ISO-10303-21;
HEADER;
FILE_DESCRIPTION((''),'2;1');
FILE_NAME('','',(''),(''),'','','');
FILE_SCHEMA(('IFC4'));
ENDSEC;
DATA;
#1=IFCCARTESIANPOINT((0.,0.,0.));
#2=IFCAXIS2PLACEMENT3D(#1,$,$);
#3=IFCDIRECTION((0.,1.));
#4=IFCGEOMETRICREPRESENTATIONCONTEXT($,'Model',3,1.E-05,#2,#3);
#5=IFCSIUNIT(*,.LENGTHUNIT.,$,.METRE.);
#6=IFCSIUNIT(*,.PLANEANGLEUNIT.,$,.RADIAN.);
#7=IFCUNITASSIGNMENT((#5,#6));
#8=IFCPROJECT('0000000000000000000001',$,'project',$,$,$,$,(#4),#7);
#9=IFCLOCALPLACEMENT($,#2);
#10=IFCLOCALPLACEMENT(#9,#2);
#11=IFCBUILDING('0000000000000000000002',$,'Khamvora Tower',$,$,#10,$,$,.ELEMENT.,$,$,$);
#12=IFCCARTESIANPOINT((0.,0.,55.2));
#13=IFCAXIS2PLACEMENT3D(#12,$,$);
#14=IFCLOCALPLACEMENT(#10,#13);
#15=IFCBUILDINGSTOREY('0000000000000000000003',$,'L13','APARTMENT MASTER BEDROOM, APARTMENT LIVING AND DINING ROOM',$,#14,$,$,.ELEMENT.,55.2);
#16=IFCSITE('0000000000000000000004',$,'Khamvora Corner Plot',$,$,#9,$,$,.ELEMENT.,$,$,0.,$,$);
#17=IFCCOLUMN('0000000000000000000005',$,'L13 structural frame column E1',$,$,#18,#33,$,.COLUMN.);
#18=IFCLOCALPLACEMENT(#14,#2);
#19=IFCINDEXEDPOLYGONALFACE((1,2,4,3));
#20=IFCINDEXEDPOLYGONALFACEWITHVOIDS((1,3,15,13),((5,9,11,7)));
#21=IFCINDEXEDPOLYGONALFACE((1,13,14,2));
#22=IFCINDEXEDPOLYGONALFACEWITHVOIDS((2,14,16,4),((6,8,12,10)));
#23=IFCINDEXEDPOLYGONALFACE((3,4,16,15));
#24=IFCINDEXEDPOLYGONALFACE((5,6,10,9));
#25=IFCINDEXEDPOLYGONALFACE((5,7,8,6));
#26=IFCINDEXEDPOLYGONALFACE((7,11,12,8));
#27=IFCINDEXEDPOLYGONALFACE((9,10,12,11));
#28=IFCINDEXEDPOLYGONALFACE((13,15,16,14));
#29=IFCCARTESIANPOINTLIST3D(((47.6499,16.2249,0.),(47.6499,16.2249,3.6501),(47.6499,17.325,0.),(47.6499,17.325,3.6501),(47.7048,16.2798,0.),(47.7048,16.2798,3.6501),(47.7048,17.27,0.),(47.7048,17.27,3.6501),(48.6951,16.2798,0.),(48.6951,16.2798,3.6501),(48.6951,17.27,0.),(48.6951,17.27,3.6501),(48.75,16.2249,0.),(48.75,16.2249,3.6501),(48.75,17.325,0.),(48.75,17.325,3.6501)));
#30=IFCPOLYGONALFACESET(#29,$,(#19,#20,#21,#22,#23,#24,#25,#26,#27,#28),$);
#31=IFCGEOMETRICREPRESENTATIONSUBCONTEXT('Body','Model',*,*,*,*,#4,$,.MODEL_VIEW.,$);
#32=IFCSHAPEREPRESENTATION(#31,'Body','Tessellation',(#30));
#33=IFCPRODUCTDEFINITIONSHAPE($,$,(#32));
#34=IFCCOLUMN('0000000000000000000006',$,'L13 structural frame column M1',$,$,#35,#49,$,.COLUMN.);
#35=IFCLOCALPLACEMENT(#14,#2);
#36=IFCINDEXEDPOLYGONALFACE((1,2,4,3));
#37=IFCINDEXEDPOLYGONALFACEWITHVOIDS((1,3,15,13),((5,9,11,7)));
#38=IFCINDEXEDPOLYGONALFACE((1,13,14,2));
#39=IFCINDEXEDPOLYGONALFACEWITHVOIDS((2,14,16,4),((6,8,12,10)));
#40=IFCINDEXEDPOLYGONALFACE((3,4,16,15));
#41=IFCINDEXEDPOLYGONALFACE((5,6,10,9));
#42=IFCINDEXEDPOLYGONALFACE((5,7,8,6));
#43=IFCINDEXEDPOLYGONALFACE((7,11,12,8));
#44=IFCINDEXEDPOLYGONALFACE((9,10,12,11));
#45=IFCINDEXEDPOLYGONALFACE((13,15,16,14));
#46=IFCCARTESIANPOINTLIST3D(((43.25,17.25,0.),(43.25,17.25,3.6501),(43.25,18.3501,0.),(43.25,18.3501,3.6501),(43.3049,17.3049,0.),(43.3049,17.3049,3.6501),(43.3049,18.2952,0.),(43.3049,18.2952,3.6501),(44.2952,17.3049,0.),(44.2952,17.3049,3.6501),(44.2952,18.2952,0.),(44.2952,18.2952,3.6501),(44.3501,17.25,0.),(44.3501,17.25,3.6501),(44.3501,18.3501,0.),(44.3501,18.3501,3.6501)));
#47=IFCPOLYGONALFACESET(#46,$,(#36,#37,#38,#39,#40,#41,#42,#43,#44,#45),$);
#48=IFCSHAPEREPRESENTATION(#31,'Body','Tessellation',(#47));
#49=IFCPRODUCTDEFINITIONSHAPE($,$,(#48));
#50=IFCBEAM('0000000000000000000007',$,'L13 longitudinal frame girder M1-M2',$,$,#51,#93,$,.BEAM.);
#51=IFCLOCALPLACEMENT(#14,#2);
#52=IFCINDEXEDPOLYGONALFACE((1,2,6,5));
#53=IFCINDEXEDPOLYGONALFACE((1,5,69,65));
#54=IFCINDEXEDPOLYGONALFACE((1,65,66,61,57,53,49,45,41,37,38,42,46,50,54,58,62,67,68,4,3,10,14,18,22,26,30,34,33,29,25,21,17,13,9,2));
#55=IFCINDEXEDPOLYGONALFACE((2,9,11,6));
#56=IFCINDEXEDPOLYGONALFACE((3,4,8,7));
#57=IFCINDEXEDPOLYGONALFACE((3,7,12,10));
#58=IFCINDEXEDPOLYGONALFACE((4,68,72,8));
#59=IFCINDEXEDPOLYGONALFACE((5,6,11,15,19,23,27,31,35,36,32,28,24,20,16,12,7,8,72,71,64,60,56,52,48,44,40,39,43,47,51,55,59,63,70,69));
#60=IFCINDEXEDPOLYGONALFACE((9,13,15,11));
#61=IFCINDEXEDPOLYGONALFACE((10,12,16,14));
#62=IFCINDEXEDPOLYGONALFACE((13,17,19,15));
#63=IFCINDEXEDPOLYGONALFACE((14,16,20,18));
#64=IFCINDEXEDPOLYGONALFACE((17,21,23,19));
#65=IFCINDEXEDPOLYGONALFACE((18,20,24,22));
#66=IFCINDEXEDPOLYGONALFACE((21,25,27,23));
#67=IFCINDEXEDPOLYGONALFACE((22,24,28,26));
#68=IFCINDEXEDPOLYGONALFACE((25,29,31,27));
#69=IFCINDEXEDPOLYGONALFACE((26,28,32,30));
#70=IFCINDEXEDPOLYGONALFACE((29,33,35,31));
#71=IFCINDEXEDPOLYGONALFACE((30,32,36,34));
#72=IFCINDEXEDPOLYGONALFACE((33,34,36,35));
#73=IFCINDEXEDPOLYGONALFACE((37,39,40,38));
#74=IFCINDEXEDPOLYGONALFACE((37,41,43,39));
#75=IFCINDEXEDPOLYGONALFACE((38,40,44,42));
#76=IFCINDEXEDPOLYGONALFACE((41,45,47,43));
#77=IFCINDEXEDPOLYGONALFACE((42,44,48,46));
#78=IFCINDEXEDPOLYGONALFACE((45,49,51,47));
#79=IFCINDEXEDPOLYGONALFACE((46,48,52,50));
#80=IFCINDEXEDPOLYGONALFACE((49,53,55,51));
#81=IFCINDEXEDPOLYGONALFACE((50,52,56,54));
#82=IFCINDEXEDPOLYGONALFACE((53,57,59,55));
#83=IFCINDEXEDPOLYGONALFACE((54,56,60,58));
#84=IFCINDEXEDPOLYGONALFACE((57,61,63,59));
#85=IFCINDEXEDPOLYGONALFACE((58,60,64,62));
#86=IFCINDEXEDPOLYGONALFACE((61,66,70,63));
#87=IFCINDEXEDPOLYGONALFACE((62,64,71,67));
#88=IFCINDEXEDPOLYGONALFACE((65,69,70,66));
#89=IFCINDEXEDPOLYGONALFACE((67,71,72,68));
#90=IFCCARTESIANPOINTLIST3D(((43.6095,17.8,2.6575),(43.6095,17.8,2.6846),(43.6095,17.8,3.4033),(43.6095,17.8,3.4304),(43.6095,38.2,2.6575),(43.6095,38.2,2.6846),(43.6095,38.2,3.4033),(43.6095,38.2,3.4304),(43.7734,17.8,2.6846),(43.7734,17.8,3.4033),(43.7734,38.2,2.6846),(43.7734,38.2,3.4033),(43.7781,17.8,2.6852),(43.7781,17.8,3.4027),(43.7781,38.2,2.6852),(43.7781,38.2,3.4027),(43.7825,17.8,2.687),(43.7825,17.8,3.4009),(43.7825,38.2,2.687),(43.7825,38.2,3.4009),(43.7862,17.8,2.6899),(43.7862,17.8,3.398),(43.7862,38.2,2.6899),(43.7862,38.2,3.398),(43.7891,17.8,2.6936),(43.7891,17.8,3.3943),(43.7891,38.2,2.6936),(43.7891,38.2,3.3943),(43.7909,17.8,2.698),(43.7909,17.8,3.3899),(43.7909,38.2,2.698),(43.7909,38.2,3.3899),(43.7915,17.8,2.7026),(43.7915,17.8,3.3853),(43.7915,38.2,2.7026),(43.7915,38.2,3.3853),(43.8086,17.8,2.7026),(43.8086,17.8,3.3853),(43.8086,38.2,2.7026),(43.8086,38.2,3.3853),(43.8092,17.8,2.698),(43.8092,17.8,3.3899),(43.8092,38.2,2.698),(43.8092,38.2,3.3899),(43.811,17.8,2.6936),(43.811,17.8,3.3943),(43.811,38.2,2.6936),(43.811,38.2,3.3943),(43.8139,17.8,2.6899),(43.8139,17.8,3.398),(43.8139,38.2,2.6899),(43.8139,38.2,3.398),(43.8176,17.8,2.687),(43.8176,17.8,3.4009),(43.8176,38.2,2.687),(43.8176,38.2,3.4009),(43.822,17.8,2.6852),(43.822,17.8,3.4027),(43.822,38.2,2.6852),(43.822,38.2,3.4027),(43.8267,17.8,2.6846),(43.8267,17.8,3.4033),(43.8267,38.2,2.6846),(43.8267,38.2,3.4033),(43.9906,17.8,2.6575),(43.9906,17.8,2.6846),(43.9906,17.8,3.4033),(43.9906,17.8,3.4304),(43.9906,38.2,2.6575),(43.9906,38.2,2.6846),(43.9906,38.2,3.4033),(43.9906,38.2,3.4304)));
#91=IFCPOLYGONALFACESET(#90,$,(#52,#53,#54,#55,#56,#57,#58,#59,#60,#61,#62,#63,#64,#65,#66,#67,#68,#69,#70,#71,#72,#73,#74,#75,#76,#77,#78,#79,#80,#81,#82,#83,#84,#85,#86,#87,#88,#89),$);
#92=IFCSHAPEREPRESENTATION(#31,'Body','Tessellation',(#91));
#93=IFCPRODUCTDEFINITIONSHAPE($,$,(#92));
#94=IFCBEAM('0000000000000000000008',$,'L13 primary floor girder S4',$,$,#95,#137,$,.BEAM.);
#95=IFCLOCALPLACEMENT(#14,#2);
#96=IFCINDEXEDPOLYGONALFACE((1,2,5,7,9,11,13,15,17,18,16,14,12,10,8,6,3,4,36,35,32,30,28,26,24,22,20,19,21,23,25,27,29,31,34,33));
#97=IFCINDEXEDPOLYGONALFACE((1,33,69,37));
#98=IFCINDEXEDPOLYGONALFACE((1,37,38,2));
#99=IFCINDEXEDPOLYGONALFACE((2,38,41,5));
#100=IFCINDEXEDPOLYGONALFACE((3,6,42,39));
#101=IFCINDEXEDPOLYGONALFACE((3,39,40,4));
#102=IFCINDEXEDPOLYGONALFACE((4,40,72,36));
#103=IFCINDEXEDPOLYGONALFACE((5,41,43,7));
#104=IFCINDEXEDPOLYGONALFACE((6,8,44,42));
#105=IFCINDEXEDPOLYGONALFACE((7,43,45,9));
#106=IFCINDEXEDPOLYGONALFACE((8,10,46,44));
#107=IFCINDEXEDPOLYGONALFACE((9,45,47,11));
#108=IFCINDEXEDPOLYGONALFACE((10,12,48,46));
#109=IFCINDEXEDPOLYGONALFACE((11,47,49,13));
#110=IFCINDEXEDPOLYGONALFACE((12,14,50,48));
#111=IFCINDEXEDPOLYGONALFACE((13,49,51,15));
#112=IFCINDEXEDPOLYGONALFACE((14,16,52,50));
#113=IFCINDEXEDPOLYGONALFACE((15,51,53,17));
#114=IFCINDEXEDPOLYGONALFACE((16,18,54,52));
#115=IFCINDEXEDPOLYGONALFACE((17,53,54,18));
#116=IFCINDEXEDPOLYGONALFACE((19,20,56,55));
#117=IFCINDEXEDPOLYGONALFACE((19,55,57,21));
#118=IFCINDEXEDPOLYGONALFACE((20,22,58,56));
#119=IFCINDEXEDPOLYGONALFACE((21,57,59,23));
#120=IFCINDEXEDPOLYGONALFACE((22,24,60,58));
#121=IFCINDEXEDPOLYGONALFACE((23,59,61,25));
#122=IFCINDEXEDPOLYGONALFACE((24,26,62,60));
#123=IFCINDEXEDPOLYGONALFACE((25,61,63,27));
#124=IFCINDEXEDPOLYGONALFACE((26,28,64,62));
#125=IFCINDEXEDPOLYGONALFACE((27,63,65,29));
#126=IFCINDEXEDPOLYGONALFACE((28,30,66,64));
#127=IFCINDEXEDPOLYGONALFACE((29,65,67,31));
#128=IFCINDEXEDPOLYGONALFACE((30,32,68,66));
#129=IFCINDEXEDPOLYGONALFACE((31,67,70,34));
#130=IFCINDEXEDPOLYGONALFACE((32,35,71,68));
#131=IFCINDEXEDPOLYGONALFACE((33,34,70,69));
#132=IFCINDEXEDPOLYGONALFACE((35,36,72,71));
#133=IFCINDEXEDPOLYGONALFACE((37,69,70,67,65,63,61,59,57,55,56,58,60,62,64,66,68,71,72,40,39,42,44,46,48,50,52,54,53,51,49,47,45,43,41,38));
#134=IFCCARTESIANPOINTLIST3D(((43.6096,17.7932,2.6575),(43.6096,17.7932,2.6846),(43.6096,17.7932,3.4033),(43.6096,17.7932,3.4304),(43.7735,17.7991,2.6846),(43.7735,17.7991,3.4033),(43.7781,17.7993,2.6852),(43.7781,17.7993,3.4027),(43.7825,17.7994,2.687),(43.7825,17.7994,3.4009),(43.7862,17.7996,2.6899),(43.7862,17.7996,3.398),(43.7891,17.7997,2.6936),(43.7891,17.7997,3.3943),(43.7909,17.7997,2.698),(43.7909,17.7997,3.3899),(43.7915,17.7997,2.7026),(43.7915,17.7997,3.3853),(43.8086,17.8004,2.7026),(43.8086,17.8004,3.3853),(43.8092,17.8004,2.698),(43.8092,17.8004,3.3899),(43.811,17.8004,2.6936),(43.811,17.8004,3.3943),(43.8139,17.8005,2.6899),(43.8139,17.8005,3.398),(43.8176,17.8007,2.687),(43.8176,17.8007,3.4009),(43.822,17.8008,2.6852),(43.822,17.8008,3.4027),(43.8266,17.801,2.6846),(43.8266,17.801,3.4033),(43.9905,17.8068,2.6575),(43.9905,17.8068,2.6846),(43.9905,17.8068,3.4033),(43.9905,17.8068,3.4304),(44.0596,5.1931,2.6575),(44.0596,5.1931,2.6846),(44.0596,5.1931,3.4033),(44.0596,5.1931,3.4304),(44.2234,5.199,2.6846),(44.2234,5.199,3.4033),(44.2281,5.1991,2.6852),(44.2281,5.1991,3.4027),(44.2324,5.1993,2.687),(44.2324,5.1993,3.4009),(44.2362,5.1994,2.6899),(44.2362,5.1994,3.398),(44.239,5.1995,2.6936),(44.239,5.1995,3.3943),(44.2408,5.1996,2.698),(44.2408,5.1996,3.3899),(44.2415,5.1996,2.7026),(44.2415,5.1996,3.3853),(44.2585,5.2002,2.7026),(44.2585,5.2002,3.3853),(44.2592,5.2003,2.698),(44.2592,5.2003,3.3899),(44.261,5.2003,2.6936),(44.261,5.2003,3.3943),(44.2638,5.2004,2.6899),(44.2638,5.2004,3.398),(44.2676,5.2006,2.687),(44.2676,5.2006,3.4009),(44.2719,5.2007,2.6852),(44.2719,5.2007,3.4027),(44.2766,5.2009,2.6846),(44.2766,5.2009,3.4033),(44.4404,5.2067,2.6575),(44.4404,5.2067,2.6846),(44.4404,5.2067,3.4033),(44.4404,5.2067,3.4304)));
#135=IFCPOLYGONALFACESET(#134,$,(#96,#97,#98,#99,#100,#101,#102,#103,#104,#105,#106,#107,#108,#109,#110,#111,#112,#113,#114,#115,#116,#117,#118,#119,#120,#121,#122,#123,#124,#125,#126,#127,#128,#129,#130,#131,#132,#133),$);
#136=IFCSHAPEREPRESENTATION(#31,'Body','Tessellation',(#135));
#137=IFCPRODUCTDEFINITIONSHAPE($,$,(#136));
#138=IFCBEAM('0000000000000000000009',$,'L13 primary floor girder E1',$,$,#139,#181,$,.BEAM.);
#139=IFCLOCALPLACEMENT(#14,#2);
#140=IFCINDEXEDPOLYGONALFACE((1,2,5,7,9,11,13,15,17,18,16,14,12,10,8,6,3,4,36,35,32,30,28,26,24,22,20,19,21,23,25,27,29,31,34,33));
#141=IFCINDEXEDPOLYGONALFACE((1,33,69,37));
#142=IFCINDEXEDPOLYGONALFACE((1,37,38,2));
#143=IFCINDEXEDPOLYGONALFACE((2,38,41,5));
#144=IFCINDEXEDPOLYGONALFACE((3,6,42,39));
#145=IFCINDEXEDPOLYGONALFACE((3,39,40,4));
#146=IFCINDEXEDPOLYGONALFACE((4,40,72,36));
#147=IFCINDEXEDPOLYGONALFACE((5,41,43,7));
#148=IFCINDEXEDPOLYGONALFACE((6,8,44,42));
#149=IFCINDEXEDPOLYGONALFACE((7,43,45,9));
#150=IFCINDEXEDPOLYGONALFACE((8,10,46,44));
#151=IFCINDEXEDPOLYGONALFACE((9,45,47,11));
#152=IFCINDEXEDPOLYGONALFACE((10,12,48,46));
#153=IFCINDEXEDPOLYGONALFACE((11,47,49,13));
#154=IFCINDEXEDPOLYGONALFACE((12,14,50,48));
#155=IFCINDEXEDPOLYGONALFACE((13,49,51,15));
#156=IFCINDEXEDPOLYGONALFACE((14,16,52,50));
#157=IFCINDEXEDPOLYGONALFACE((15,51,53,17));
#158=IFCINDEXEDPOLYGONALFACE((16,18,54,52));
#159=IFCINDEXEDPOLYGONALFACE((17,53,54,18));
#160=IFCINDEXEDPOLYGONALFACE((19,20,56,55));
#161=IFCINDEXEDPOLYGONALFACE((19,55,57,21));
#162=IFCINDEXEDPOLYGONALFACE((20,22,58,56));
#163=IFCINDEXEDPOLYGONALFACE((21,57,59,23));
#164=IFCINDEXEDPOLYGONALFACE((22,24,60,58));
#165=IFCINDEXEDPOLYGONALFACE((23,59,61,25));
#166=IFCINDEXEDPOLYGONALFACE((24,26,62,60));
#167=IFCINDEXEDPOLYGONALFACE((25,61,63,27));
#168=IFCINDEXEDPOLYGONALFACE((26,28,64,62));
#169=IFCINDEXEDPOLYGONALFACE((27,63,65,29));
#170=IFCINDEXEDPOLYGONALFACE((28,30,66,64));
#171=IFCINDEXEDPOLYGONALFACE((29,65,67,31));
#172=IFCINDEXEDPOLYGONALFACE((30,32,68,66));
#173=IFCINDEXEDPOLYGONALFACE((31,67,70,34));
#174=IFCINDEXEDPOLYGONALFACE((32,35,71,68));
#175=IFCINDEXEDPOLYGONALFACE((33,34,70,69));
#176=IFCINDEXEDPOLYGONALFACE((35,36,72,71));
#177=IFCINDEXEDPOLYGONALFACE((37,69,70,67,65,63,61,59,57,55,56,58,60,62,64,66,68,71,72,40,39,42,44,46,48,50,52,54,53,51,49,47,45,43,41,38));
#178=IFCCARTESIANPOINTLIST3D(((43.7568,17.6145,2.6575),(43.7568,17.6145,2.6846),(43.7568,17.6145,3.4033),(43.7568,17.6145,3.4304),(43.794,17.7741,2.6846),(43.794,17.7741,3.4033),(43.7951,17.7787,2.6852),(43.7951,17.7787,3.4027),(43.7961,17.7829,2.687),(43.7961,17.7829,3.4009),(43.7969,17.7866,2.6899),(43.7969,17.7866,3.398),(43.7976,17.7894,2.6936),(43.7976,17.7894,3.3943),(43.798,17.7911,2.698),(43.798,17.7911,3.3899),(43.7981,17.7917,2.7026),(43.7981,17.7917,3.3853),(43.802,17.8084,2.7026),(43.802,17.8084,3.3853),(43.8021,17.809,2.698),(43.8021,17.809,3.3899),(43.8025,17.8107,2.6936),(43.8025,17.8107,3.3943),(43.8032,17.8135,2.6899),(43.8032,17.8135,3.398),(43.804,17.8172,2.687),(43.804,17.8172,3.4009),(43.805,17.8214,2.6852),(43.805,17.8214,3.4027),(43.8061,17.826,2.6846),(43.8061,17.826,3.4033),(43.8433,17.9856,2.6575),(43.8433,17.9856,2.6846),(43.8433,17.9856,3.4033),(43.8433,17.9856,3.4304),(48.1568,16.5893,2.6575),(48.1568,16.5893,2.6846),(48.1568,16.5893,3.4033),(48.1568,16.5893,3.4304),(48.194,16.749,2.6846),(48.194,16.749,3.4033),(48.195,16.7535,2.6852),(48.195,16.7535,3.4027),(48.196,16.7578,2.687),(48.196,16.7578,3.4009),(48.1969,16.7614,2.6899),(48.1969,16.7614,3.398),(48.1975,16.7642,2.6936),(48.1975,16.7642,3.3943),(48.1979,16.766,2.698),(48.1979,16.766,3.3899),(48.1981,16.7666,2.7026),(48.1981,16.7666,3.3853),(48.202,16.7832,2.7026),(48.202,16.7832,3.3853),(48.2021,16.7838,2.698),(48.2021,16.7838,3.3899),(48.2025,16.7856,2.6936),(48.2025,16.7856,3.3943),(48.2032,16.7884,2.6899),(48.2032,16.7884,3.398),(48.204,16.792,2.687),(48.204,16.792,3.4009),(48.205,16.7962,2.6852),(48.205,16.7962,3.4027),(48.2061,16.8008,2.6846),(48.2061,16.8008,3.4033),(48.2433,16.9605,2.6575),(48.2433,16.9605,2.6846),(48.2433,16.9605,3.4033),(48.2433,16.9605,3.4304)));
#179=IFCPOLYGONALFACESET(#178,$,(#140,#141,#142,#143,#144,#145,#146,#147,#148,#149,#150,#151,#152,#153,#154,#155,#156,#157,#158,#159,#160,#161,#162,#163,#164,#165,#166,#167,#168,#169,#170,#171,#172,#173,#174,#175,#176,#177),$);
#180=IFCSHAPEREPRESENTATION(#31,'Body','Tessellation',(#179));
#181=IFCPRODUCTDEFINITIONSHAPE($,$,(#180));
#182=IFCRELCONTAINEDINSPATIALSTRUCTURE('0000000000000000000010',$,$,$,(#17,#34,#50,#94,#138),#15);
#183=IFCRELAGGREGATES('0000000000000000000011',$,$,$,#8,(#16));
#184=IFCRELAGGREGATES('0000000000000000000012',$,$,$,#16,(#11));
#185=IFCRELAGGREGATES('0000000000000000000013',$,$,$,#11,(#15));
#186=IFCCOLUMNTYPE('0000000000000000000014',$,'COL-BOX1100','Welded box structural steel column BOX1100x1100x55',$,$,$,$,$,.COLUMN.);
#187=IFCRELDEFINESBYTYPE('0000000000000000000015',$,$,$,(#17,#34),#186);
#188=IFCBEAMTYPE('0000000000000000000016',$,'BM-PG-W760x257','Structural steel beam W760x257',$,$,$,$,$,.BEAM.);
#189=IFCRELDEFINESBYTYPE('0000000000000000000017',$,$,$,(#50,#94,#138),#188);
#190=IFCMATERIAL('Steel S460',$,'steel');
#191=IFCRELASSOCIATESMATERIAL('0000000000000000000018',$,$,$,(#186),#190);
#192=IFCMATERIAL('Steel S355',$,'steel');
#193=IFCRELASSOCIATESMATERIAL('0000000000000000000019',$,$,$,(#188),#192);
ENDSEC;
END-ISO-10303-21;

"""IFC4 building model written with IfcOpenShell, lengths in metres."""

from ifc_helpers import new_model, si_unit, direction, frame, origin, origin_2d, place, context, subcontext, project, spatial, hollow_rectangle, i_section, extrude, material, material_profile, profile_set, type_object, element, save


model = new_model("IFC4")

# Units and contexts
model_context = context("Model", 3, precision=1e-05, world=origin(), true_north=direction((0.0, 1.0)))
body_context = subcontext(model_context, "Body", "Model", "MODEL_VIEW")
ifc_project = project(units=[si_unit("LENGTHUNIT", "METRE"), si_unit("PLANEANGLEUNIT", "RADIAN")], contexts=[model_context])

# Site, building, storey
site_placement = place(None, origin())
site = spatial("IfcSite", under=ifc_project, at=site_placement, Name="Khamvora Corner Plot", CompositionType="ELEMENT", RefElevation=0.0)
building_placement = place(site_placement, origin())
building = spatial("IfcBuilding", under=site, at=building_placement, Name="Khamvora Tower", CompositionType="ELEMENT")
storey_placement = place(building_placement, frame((0.0, 0.0, 55.2)))
storey = spatial("IfcBuildingStorey", under=building, at=storey_placement, Name="L13", Description="APARTMENT MASTER BEDROOM, APARTMENT LIVING AND DINING ROOM", CompositionType="ELEMENT", Elevation=55.2)

# Columns
ifc_material_1 = material(Name="Steel S460", Category="steel")
ifc_material_profile_1 = material_profile(ifc_material_1, hollow_rectangle(XDim=1.1001, YDim=1.1001, WallThickness=0.0549, at=origin_2d()), Name="BOX1100x1100x55")
ifc_profile_set_1 = profile_set([ifc_material_profile_1], Name="Steel S460")
column_type = type_object("IfcColumnType", Name="COL-BOX1100", Description="Welded box structural steel column BOX1100x1100x55", PredefinedType="COLUMN", material=ifc_profile_set_1)
for number, where, z_axis, x_axis, name in (
    (1, (48.2, 16.7749, 0.0), (0.0, 0.0, 1.0), (1.0, 0.0, 0.0), "L13 structural frame column E1"),
    (2, (43.8, 17.8, 0.0), (0.0, 0.0, 1.0), (1.0, 0.0, 0.0), "L13 structural frame column M1"),
):
    element("IfcColumn", number, at=place(storey_placement, frame(where, z_axis=z_axis, x_axis=x_axis)), inside=storey, type_object=column_type, Name=name, PredefinedType="COLUMN", context=body_context, shape_type="SweptSolid", body=[
        extrude(hollow_rectangle(XDim=1.1001, YDim=1.1001, WallThickness=0.0549, at=origin_2d()), origin(), (0.0, 0.0, 1.0), 3.6501),
    ])

# Beams
ifc_material_2 = material(Name="Steel S355", Category="steel")
ifc_material_profile_2 = material_profile(ifc_material_2, i_section(OverallWidth=0.3811, OverallDepth=0.7729, WebThickness=0.0171, FlangeThickness=0.0271, FilletRadius=0.0181, at=origin_2d()), Name="W760x257")
ifc_profile_set_2 = profile_set([ifc_material_profile_2], Name="Steel S355")
beam_type_1 = type_object("IfcBeamType", Name="BM-PG-W760x257", Description="Structural steel beam W760x257", PredefinedType="BEAM", material=ifc_profile_set_2)
beam_1_placement = place(storey_placement, frame((43.8, 17.8, 3.0439), z_axis=(0.0, 1.0, 0.0), x_axis=(-1.0, 0.0, 0.0)))
element("IfcBeam", 3, at=beam_1_placement, inside=storey, type_object=beam_type_1, Name="L13 longitudinal frame girder M1-M2", PredefinedType="BEAM", context=body_context, shape_type="SweptSolid", body=[
    extrude(i_section(OverallWidth=0.3811, OverallDepth=0.7729, WebThickness=0.0171, FlangeThickness=0.0271, FilletRadius=0.0181, at=origin_2d()), origin(), (0.0, 0.0, 1.0), 20.3999),
])
beam_2_placement = place(storey_placement, frame((43.8, 17.8, 3.0439), z_axis=(0.035687, -0.999363, 0.0), x_axis=(0.999363, 0.035687, 0.0)))
element("IfcBeam", 4, at=beam_2_placement, inside=storey, type_object=beam_type_1, Name="L13 primary floor girder S4", PredefinedType="BEAM", context=body_context, shape_type="SweptSolid", body=[
    extrude(i_section(OverallWidth=0.3811, OverallDepth=0.7729, WebThickness=0.0171, FlangeThickness=0.0271, FilletRadius=0.0181, at=origin_2d()), origin(), (0.0, 0.0, 1.0), 12.6082),
])
beam_3_placement = place(storey_placement, frame((43.8, 17.8, 3.0439), z_axis=(0.973915, -0.226915, 0.0), x_axis=(0.226915, 0.973915, 0.0)))
element("IfcBeam", 5, at=beam_3_placement, inside=storey, type_object=beam_type_1, Name="L13 primary floor girder E1", PredefinedType="BEAM", context=body_context, shape_type="SweptSolid", body=[
    extrude(i_section(OverallWidth=0.3811, OverallDepth=0.7729, WebThickness=0.0171, FlangeThickness=0.0271, FilletRadius=0.0181, at=origin_2d()), origin(), (0.0, 0.0, 1.0), 4.5178),
])

save(model, "model.ifc")
